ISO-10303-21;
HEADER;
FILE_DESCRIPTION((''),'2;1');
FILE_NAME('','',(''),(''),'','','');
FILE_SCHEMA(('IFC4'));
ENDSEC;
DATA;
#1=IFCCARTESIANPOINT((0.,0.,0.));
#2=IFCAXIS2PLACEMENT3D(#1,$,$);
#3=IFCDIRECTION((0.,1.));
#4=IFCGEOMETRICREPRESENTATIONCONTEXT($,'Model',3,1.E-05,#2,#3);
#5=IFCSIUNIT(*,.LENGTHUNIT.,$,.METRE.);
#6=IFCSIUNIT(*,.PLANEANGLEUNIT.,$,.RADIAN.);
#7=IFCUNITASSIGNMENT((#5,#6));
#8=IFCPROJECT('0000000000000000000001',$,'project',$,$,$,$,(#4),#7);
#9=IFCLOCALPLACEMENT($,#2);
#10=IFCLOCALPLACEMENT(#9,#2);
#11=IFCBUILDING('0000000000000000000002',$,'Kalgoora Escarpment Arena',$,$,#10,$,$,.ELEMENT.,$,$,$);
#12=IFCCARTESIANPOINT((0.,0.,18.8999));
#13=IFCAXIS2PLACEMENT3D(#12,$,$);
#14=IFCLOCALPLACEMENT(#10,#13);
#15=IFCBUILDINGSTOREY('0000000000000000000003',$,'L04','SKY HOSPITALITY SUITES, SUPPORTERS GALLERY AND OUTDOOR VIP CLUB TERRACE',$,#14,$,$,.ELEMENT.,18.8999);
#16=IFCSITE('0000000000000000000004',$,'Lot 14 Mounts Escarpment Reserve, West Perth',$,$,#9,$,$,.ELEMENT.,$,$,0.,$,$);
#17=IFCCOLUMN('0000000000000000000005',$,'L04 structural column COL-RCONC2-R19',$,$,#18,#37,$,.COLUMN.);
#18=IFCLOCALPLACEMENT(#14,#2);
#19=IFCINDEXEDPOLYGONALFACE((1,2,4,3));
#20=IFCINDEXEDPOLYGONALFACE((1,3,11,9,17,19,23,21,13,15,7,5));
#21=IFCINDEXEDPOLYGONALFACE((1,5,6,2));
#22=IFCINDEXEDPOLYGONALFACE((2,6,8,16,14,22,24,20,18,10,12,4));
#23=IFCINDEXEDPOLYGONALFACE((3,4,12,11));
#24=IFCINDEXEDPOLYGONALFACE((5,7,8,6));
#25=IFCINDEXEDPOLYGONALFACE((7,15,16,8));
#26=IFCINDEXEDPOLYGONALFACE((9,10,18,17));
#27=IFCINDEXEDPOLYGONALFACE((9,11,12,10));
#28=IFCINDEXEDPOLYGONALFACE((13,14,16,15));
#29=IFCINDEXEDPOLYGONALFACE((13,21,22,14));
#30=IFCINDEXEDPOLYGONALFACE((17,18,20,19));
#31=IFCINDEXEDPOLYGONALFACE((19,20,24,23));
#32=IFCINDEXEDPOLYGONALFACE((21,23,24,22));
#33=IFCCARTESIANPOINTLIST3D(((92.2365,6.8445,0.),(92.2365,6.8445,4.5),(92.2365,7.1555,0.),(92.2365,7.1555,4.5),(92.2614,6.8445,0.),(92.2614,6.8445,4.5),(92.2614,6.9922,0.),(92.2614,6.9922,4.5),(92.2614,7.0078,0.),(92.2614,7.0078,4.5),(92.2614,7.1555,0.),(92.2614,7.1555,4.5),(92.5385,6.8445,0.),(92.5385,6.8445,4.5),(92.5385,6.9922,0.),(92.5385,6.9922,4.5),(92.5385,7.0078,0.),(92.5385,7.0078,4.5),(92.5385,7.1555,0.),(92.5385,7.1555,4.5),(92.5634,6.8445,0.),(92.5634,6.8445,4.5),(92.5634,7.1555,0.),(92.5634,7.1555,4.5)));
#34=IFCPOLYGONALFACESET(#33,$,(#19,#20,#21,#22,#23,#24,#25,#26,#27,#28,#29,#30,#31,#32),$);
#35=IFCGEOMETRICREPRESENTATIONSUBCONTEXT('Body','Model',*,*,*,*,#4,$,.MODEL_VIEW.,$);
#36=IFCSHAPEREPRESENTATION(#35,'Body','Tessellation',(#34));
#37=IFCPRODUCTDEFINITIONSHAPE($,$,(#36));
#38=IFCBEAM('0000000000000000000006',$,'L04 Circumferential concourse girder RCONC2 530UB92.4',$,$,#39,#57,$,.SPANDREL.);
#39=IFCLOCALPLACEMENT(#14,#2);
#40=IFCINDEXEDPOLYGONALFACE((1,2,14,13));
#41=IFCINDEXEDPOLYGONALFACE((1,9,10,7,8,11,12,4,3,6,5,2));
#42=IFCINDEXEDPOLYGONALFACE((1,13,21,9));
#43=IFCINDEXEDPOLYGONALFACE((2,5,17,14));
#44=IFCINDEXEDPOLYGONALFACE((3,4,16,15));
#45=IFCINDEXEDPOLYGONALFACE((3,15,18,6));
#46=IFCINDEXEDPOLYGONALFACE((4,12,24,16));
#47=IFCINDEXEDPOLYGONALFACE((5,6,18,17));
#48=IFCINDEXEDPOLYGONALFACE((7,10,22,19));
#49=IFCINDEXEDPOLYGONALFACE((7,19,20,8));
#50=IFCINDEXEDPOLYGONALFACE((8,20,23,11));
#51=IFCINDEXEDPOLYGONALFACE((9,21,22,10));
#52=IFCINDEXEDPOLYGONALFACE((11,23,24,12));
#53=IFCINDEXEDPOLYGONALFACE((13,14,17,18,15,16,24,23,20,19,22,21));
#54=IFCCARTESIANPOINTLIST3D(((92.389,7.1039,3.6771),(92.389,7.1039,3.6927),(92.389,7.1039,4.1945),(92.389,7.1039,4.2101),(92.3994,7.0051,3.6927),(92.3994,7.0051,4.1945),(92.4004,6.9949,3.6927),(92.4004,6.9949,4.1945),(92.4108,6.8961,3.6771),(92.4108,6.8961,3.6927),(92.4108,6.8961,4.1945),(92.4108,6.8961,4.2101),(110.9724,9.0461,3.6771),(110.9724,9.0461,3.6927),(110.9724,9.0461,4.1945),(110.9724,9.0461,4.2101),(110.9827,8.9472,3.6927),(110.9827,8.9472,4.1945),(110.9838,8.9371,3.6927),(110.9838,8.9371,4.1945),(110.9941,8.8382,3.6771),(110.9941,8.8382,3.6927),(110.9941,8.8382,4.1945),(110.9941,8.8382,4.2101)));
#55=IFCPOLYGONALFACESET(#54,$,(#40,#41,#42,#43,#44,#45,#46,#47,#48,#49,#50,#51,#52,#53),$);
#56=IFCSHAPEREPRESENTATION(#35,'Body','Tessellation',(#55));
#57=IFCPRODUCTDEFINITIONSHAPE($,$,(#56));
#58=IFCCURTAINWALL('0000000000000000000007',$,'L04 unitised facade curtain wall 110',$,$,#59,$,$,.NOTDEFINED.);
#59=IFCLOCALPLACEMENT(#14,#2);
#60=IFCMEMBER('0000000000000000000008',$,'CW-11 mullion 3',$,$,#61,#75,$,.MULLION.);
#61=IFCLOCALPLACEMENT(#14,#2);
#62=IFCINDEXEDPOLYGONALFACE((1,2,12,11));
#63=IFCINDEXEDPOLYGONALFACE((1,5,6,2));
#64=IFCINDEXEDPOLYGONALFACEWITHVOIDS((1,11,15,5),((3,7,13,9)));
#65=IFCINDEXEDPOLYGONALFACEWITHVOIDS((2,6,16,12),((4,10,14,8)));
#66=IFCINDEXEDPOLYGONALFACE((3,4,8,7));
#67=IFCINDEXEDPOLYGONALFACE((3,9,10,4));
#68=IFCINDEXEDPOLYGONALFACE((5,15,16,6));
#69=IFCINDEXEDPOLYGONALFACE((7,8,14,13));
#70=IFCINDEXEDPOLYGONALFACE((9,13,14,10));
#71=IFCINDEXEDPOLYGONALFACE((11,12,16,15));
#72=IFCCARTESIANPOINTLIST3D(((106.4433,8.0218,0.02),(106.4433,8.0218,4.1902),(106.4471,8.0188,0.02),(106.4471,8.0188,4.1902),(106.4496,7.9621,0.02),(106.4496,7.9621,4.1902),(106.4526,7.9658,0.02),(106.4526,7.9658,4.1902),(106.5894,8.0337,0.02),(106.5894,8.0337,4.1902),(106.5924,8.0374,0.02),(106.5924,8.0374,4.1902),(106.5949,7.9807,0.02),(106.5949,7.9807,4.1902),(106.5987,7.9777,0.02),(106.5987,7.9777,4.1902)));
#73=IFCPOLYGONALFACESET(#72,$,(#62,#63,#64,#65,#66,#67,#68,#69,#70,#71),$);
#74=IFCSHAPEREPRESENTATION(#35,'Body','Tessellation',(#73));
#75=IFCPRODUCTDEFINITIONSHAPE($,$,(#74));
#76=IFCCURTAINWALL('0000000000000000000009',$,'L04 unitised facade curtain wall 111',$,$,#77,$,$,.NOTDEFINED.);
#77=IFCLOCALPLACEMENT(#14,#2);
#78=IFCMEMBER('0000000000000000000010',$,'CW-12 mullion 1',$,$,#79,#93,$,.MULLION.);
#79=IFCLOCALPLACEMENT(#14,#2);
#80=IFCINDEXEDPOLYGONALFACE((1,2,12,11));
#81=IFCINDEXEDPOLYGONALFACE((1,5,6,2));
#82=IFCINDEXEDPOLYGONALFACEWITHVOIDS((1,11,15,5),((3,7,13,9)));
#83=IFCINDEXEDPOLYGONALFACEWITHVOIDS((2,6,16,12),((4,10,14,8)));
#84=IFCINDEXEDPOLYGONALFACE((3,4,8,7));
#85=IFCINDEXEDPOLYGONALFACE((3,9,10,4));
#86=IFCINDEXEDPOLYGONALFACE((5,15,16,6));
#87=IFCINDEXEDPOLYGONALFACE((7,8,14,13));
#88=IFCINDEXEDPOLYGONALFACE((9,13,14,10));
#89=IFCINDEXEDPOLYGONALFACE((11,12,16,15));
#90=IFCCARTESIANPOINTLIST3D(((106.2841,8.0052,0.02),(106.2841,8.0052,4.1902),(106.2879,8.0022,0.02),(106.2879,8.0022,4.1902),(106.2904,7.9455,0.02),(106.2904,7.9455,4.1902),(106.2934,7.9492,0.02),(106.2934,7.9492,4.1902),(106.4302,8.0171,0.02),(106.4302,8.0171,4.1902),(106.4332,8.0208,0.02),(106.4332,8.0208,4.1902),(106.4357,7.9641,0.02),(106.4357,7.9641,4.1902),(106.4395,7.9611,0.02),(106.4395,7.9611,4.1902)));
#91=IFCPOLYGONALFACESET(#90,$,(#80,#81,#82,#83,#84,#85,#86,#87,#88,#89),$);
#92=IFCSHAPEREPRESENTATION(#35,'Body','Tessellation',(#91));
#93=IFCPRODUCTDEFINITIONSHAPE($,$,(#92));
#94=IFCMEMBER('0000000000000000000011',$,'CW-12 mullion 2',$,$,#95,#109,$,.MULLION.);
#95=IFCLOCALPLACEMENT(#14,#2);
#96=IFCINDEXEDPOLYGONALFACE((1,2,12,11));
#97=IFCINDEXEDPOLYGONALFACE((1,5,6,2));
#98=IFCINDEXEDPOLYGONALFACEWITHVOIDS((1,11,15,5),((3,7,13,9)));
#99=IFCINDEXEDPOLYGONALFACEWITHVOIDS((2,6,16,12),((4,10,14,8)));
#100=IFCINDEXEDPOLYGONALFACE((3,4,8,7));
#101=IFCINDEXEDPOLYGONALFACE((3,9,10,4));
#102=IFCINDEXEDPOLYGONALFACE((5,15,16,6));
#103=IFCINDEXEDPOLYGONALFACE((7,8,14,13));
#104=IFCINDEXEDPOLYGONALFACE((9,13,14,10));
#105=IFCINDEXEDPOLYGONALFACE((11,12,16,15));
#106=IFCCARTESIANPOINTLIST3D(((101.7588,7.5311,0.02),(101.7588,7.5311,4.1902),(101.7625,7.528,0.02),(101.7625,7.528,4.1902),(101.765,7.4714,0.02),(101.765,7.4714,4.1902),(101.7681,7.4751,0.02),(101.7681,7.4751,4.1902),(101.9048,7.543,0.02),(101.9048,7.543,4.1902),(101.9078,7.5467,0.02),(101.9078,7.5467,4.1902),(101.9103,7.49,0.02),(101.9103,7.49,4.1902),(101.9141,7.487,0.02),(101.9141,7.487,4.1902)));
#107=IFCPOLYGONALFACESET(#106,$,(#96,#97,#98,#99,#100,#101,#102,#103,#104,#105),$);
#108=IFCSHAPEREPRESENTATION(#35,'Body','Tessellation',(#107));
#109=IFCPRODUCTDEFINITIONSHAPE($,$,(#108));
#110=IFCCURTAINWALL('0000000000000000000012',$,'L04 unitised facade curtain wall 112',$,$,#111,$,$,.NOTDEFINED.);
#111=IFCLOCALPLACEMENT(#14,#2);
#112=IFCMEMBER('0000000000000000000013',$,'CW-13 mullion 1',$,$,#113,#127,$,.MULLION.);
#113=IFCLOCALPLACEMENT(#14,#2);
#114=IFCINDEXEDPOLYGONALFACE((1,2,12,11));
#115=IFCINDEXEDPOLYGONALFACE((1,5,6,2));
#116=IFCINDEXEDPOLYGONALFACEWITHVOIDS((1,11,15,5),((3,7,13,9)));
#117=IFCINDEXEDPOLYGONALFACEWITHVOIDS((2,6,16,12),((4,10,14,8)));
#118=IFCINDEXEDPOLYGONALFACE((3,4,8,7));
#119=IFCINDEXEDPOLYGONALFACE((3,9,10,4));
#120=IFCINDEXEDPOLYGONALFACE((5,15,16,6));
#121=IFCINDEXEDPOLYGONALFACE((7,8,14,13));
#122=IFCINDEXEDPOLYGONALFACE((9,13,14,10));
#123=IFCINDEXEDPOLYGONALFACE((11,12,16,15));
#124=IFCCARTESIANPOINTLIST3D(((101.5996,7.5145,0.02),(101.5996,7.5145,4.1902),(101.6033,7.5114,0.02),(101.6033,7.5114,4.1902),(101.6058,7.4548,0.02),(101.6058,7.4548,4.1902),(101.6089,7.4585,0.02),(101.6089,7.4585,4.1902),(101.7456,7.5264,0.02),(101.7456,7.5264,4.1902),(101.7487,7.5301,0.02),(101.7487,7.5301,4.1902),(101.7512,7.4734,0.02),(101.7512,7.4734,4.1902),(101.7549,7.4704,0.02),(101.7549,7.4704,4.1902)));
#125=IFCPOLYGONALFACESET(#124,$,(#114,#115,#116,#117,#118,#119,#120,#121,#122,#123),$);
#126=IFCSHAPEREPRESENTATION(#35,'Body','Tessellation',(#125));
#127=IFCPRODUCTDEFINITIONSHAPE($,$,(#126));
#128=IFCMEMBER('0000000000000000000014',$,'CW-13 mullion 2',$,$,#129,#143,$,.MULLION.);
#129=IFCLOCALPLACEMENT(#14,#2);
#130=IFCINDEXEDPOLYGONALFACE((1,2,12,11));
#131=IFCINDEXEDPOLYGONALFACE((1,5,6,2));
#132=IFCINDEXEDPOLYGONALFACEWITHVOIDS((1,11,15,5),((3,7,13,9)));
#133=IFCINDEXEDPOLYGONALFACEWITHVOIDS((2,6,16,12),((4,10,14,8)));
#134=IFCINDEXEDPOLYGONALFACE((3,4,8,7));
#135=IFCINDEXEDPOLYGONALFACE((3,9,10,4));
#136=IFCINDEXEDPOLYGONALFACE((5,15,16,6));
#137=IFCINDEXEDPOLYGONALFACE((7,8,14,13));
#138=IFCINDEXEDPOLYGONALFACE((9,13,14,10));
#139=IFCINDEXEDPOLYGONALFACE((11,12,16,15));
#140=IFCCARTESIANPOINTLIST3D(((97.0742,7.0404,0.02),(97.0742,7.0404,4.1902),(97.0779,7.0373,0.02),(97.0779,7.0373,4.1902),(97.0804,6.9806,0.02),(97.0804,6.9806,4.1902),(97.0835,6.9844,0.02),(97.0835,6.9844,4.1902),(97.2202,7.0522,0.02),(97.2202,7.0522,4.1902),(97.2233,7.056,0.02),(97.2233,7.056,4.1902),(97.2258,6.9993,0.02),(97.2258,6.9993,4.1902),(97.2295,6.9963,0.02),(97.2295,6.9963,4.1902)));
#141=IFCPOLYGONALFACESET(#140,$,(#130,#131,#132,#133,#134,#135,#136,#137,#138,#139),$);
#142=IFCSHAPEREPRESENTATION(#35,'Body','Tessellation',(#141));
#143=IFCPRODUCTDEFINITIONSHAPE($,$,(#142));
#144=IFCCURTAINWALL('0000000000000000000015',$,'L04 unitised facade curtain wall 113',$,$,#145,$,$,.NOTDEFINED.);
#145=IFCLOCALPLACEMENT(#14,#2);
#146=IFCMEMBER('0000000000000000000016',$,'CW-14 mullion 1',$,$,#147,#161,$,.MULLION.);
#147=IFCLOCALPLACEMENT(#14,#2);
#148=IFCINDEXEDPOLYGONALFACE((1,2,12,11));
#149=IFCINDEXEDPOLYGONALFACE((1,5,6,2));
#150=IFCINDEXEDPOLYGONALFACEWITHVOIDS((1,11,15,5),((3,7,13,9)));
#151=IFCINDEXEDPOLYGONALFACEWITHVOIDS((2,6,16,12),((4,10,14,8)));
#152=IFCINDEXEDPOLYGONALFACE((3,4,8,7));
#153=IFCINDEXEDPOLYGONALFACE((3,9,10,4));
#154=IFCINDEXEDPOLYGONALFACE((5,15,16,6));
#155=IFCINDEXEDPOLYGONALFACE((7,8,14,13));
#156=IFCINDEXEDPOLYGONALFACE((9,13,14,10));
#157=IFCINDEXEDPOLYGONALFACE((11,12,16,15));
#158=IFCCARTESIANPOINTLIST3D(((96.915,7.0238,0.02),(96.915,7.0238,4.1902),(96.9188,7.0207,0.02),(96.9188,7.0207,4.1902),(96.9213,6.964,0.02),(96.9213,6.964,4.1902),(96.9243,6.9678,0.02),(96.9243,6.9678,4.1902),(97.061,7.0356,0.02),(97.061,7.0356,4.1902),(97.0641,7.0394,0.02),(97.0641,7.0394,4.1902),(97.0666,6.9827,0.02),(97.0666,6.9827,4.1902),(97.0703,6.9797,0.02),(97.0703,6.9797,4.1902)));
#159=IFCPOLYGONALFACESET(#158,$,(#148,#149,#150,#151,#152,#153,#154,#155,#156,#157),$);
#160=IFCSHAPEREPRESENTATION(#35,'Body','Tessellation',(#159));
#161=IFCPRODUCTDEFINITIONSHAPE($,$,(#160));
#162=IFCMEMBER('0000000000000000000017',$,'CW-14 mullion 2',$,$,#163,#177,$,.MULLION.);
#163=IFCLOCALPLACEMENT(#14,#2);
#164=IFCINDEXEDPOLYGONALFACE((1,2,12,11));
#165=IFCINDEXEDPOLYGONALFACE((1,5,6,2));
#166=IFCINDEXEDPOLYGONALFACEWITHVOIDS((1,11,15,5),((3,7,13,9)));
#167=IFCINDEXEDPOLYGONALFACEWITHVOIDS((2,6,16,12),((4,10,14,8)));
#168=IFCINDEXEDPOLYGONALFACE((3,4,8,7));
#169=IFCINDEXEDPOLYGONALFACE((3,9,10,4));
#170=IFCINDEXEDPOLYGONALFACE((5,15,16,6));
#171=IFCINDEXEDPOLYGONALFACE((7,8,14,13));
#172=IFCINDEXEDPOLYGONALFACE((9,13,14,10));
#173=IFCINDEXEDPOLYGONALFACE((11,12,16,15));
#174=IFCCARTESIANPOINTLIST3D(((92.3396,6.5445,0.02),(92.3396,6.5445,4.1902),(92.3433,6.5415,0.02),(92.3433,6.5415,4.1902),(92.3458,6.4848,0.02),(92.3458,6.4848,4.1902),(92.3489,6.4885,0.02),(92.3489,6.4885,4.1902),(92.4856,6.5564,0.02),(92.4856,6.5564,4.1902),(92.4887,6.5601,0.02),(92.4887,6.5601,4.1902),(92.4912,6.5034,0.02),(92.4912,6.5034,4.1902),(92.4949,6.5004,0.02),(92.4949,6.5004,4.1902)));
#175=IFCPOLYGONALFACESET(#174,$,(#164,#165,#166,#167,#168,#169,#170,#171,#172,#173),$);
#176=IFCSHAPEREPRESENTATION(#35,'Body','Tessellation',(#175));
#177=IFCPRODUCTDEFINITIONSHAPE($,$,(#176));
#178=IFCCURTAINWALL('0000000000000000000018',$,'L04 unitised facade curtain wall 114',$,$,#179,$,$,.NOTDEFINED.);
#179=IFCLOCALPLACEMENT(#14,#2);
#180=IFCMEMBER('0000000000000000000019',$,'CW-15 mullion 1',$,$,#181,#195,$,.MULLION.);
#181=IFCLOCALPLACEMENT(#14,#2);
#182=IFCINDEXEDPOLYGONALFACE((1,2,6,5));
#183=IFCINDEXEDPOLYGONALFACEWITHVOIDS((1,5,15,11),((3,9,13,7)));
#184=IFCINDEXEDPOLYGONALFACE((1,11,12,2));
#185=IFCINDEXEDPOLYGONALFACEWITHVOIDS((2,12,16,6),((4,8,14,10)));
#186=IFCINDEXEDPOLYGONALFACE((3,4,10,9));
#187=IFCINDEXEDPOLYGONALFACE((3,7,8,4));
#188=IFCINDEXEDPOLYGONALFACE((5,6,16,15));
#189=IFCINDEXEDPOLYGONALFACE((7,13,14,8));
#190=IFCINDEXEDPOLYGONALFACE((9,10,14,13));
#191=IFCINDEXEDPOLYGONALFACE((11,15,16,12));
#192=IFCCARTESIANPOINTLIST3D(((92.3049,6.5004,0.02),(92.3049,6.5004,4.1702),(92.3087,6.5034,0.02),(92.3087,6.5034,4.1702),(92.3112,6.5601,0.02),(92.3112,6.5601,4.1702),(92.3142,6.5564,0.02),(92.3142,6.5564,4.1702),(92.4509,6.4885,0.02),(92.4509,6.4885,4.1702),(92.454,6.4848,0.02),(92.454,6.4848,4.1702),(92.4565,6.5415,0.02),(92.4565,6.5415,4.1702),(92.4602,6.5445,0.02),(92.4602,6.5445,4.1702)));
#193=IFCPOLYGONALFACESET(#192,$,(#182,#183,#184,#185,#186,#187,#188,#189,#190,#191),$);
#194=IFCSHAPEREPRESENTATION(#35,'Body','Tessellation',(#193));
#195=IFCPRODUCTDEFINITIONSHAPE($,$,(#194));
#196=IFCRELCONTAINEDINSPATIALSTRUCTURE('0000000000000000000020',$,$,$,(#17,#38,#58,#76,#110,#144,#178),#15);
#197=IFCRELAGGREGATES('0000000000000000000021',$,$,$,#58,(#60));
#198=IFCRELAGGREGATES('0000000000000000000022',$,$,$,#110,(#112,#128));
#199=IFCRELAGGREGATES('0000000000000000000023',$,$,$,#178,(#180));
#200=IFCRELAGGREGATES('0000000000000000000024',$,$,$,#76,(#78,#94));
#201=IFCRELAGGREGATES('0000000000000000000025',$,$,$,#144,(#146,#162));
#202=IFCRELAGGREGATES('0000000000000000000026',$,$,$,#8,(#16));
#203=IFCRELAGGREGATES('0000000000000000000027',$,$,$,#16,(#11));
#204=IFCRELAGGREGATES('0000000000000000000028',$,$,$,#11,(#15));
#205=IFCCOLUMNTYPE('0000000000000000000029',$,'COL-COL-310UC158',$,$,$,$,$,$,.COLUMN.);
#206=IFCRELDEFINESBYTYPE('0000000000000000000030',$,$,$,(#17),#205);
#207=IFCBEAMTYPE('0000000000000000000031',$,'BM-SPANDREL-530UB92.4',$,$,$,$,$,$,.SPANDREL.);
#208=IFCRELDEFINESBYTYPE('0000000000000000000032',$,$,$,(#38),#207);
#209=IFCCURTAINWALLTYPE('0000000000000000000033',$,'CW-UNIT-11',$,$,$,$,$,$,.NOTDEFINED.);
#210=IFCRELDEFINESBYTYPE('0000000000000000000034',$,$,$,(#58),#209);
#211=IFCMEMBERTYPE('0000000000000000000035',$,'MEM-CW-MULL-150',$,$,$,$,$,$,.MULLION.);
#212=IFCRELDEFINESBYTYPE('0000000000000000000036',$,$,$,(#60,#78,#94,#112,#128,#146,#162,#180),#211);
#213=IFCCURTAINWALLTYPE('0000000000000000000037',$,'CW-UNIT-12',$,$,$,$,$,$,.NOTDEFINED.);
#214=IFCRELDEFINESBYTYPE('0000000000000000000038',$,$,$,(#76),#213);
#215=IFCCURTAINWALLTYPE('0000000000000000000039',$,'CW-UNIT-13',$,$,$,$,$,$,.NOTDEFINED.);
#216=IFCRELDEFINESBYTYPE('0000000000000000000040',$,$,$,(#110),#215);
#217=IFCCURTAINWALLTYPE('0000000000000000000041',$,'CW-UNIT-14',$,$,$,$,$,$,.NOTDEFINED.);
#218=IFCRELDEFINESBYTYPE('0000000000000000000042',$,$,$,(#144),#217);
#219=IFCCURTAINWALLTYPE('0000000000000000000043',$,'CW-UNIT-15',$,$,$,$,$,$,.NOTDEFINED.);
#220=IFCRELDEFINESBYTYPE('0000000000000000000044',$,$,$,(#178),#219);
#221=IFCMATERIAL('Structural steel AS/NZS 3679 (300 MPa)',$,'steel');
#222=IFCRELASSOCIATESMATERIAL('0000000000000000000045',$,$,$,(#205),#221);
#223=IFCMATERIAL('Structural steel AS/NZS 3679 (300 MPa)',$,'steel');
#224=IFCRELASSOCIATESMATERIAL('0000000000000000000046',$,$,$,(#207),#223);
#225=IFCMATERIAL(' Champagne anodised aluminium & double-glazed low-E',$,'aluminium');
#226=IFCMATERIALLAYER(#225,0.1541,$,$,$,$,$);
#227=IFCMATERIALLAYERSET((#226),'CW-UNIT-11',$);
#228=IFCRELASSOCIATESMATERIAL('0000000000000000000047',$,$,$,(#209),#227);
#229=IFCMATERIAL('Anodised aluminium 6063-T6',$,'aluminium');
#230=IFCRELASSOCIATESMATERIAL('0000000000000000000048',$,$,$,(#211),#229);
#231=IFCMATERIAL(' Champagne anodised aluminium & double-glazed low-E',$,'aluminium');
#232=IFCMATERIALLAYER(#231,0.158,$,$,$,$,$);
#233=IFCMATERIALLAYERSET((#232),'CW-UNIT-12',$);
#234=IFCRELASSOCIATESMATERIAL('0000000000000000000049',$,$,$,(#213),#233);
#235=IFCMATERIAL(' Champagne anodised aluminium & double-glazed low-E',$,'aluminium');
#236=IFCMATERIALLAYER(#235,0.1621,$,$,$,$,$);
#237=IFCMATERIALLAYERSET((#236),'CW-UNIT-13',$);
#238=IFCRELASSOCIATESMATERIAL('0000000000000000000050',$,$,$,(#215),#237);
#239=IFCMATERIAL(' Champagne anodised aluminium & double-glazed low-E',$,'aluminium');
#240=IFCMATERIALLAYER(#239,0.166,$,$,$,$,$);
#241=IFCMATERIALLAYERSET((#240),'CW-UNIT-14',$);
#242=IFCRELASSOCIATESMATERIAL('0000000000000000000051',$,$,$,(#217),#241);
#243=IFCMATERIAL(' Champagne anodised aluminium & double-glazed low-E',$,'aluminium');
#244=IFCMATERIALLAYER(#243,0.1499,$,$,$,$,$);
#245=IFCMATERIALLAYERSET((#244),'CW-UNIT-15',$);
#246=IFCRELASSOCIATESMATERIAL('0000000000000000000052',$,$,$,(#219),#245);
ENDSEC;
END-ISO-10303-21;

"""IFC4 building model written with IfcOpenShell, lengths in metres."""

from ifc_helpers import new_model, si_unit, direction, frame, origin, origin_2d, place, context, subcontext, project, spatial, hollow_rectangle, i_section, extrude, material, layer, layer_set, material_profile, profile_set, type_object, element, aggregate, save


model = new_model("IFC4")

# Units and contexts
model_context = context("Model", 3, precision=1e-05, world=origin(), true_north=direction((0.0, 1.0)))
body_context = subcontext(model_context, "Body", "Model", "MODEL_VIEW")
ifc_project = project(units=[si_unit("LENGTHUNIT", "METRE"), si_unit("PLANEANGLEUNIT", "RADIAN")], contexts=[model_context])

# Site, building, storey
site_placement = place(None, origin())
site = spatial("IfcSite", under=ifc_project, at=site_placement, Name="Lot 14 Mounts Escarpment Reserve, West Perth", CompositionType="ELEMENT", RefElevation=0.0)
building_placement = place(site_placement, origin())
building = spatial("IfcBuilding", under=site, at=building_placement, Name="Kalgoora Escarpment Arena", CompositionType="ELEMENT")
storey_placement = place(building_placement, frame((0.0, 0.0, 18.8999)))
storey = spatial("IfcBuildingStorey", under=building, at=storey_placement, Name="L04", Description="SKY HOSPITALITY SUITES, SUPPORTERS GALLERY AND OUTDOOR VIP CLUB TERRACE", CompositionType="ELEMENT", Elevation=18.8999)

# Column
ifc_material_1 = material(Name="Structural steel AS/NZS 3679 (300 MPa)", Category="steel")
ifc_material_profile_1 = material_profile(ifc_material_1, i_section(OverallWidth=0.311, OverallDepth=0.3269, WebThickness=0.0156, FlangeThickness=0.0249, at=origin_2d()))
ifc_profile_set_1 = profile_set([ifc_material_profile_1], Name="Structural steel AS/NZS 3679 (300 MPa)")
column_type = type_object("IfcColumnType", Name="COL-COL-310UC158", PredefinedType="COLUMN", material=ifc_profile_set_1)
column_placement = place(storey_placement, frame((92.3999, 7.0, 0.0), z_axis=(0.0, 0.0, 1.0), x_axis=(0.0, -1.0, 0.0)))
element("IfcColumn", 1, at=column_placement, inside=storey, type_object=column_type, Name="L04 structural column COL-RCONC2-R19", PredefinedType="COLUMN", context=body_context, shape_type="SweptSolid", body=[
    extrude(i_section(OverallWidth=0.311, OverallDepth=0.3269, WebThickness=0.0156, FlangeThickness=0.0249, at=origin_2d()), origin(), (0.0, 0.0, 1.0), 4.5),
])

# Beam
ifc_material_2 = material(Name="Structural steel AS/NZS 3679 (300 MPa)", Category="steel")
ifc_material_profile_2 = material_profile(ifc_material_2, i_section(OverallWidth=0.209, OverallDepth=0.533, WebThickness=0.0103, FlangeThickness=0.0156, at=origin_2d()))
ifc_profile_set_2 = profile_set([ifc_material_profile_2], Name="Structural steel AS/NZS 3679 (300 MPa)")
beam_type = type_object("IfcBeamType", Name="BM-SPANDREL-530UB92.4", PredefinedType="SPANDREL", material=ifc_profile_set_2)
beam_placement = place(storey_placement, frame((92.3999, 7.0, 3.9436), z_axis=(0.994583, 0.103944, 0.0), x_axis=(-0.103944, 0.994583, 0.0)))
element("IfcBeam", 2, at=beam_placement, inside=storey, type_object=beam_type, Name="L04 Circumferential concourse girder RCONC2 530UB92.4", PredefinedType="SPANDREL", context=body_context, shape_type="SweptSolid", body=[
    extrude(i_section(OverallWidth=0.209, OverallDepth=0.533, WebThickness=0.0103, FlangeThickness=0.0156, at=origin_2d()), origin(), (0.0, 0.0, 1.0), 18.6846),
])

# Curtain wall, member
ifc_material_3 = material(Name=" Champagne anodised aluminium & double-glazed low-E", Category="aluminium")
ifc_layer_1 = layer(ifc_material_3, 0.1541)
ifc_layer_set_1 = layer_set([ifc_layer_1], Name="CW-UNIT-11")
curtain_wall_type_1 = type_object("IfcCurtainWallType", Name="CW-UNIT-11", PredefinedType="NOTDEFINED", material=ifc_layer_set_1)
curtain_wall_1_placement = place(storey_placement, origin())
curtain_wall_1 = element("IfcCurtainWall", 3, at=curtain_wall_1_placement, inside=storey, type_object=curtain_wall_type_1, Name="L04 unitised facade curtain wall 110", PredefinedType="NOTDEFINED")
ifc_material_4 = material(Name="Anodised aluminium 6063-T6", Category="aluminium")
ifc_material_profile_3 = material_profile(ifc_material_4, hollow_rectangle(XDim=0.0601, YDim=0.1499, WallThickness=0.0034, at=origin_2d()))
ifc_profile_set_3 = profile_set([ifc_material_profile_3], Name="Anodised aluminium 6063-T6")
member_type_1 = type_object("IfcMemberType", Name="MEM-CW-MULL-150", PredefinedType="MULLION", material=ifc_profile_set_3)
member_1_placement = place(storey_placement, frame((106.521, 7.9998, 0.02), z_axis=(0.0, 0.0, 1.0), x_axis=(0.104158, -0.994561, 0.0)))
member_1 = element("IfcMember", 4, at=member_1_placement, type_object=member_type_1, Name="CW-11 mullion 3", PredefinedType="MULLION", context=body_context, shape_type="SweptSolid", body=[
    extrude(hollow_rectangle(XDim=0.0601, YDim=0.1499, WallThickness=0.0034, at=origin_2d()), origin(), (0.0, 0.0, 1.0), 4.1702),
])

# Curtain walls, members
ifc_material_5 = material(Name=" Champagne anodised aluminium & double-glazed low-E", Category="aluminium")
ifc_layer_2 = layer(ifc_material_5, 0.158)
ifc_layer_set_2 = layer_set([ifc_layer_2], Name="CW-UNIT-12")
curtain_wall_type_2 = type_object("IfcCurtainWallType", Name="CW-UNIT-12", PredefinedType="NOTDEFINED", material=ifc_layer_set_2)
curtain_wall_2_placement = place(storey_placement, origin())
curtain_wall_2 = element("IfcCurtainWall", 5, at=curtain_wall_2_placement, inside=storey, type_object=curtain_wall_type_2, Name="L04 unitised facade curtain wall 111", PredefinedType="NOTDEFINED")
member_2_placement = place(storey_placement, frame((106.3618, 7.9832, 0.02), z_axis=(0.0, 0.0, 1.0), x_axis=(0.104182, -0.994558, 0.0)))
member_2 = element("IfcMember", 6, at=member_2_placement, type_object=member_type_1, Name="CW-12 mullion 1", PredefinedType="MULLION", context=body_context, shape_type="SweptSolid", body=[
    extrude(hollow_rectangle(XDim=0.0601, YDim=0.1499, WallThickness=0.0034, at=origin_2d()), origin(), (0.0, 0.0, 1.0), 4.1702),
])
member_3_placement = place(storey_placement, frame((101.8364, 7.509, 0.02), z_axis=(0.0, 0.0, 1.0), x_axis=(0.104182, -0.994558, 0.0)))
member_3 = element("IfcMember", 7, at=member_3_placement, type_object=member_type_1, Name="CW-12 mullion 2", PredefinedType="MULLION", context=body_context, shape_type="SweptSolid", body=[
    extrude(hollow_rectangle(XDim=0.0601, YDim=0.1499, WallThickness=0.0034, at=origin_2d()), origin(), (0.0, 0.0, 1.0), 4.1702),
])
ifc_material_6 = material(Name=" Champagne anodised aluminium & double-glazed low-E", Category="aluminium")
ifc_layer_3 = layer(ifc_material_6, 0.1621)
ifc_layer_set_3 = layer_set([ifc_layer_3], Name="CW-UNIT-13")
curtain_wall_type_3 = type_object("IfcCurtainWallType", Name="CW-UNIT-13", PredefinedType="NOTDEFINED", material=ifc_layer_set_3)
curtain_wall_3_placement = place(storey_placement, origin())
curtain_wall_3 = element("IfcCurtainWall", 8, at=curtain_wall_3_placement, inside=storey, type_object=curtain_wall_type_3, Name="L04 unitised facade curtain wall 112", PredefinedType="NOTDEFINED")
member_4_placement = place(storey_placement, frame((101.6772, 7.4924, 0.02), z_axis=(0.0, 0.0, 1.0), x_axis=(0.104182, -0.994558, 0.0)))
member_4 = element("IfcMember", 9, at=member_4_placement, type_object=member_type_1, Name="CW-13 mullion 1", PredefinedType="MULLION", context=body_context, shape_type="SweptSolid", body=[
    extrude(hollow_rectangle(XDim=0.0601, YDim=0.1499, WallThickness=0.0034, at=origin_2d()), origin(), (0.0, 0.0, 1.0), 4.1702),
])
member_5_placement = place(storey_placement, frame((97.1519, 7.0183, 0.02), z_axis=(0.0, 0.0, 1.0), x_axis=(0.104182, -0.994558, 0.0)))
member_5 = element("IfcMember", 10, at=member_5_placement, type_object=member_type_1, Name="CW-13 mullion 2", PredefinedType="MULLION", context=body_context, shape_type="SweptSolid", body=[
    extrude(hollow_rectangle(XDim=0.0601, YDim=0.1499, WallThickness=0.0034, at=origin_2d()), origin(), (0.0, 0.0, 1.0), 4.1702),
])
ifc_material_7 = material(Name=" Champagne anodised aluminium & double-glazed low-E", Category="aluminium")
ifc_layer_4 = layer(ifc_material_7, 0.166)
ifc_layer_set_4 = layer_set([ifc_layer_4], Name="CW-UNIT-14")
curtain_wall_type_4 = type_object("IfcCurtainWallType", Name="CW-UNIT-14", PredefinedType="NOTDEFINED", material=ifc_layer_set_4)
curtain_wall_4_placement = place(storey_placement, origin())
curtain_wall_4 = element("IfcCurtainWall", 11, at=curtain_wall_4_placement, inside=storey, type_object=curtain_wall_type_4, Name="L04 unitised facade curtain wall 113", PredefinedType="NOTDEFINED")
member_6_placement = place(storey_placement, frame((96.9927, 7.0017, 0.02), z_axis=(0.0, 0.0, 1.0), x_axis=(0.104179, -0.994559, 0.0)))
member_6 = element("IfcMember", 12, at=member_6_placement, type_object=member_type_1, Name="CW-14 mullion 1", PredefinedType="MULLION", context=body_context, shape_type="SweptSolid", body=[
    extrude(hollow_rectangle(XDim=0.0601, YDim=0.1499, WallThickness=0.0034, at=origin_2d()), origin(), (0.0, 0.0, 1.0), 4.1702),
])
member_7_placement = place(storey_placement, frame((92.4172, 6.5225, 0.02), z_axis=(0.0, 0.0, 1.0), x_axis=(0.104179, -0.994559, 0.0)))
member_7 = element("IfcMember", 13, at=member_7_placement, type_object=member_type_1, Name="CW-14 mullion 2", PredefinedType="MULLION", context=body_context, shape_type="SweptSolid", body=[
    extrude(hollow_rectangle(XDim=0.0601, YDim=0.1499, WallThickness=0.0034, at=origin_2d()), origin(), (0.0, 0.0, 1.0), 4.1702),
])
ifc_material_8 = material(Name=" Champagne anodised aluminium & double-glazed low-E", Category="aluminium")
ifc_layer_5 = layer(ifc_material_8, 0.1499)
ifc_layer_set_5 = layer_set([ifc_layer_5], Name="CW-UNIT-15")
curtain_wall_type_5 = type_object("IfcCurtainWallType", Name="CW-UNIT-15", PredefinedType="NOTDEFINED", material=ifc_layer_set_5)
curtain_wall_5_placement = place(storey_placement, origin())
curtain_wall_5 = element("IfcCurtainWall", 14, at=curtain_wall_5_placement, inside=storey, type_object=curtain_wall_type_5, Name="L04 unitised facade curtain wall 114", PredefinedType="NOTDEFINED")
member_8_placement = place(storey_placement, frame((92.3826, 6.5225, 0.02), z_axis=(0.0, 0.0, 1.0), x_axis=(-0.104179, -0.994559, 0.0)))
member_8 = element("IfcMember", 15, at=member_8_placement, type_object=member_type_1, Name="CW-15 mullion 1", PredefinedType="MULLION", context=body_context, shape_type="SweptSolid", body=[
    extrude(hollow_rectangle(XDim=0.0601, YDim=0.1499, WallThickness=0.0034, at=origin_2d()), origin(), (0.0, 0.0, 1.0), 4.1501),
])

aggregate(curtain_wall_1, [member_1])
aggregate(curtain_wall_3, [member_4, member_5])
aggregate(curtain_wall_5, [member_8])
aggregate(curtain_wall_2, [member_2, member_3])
aggregate(curtain_wall_4, [member_6, member_7])

save(model, "model.ifc")
